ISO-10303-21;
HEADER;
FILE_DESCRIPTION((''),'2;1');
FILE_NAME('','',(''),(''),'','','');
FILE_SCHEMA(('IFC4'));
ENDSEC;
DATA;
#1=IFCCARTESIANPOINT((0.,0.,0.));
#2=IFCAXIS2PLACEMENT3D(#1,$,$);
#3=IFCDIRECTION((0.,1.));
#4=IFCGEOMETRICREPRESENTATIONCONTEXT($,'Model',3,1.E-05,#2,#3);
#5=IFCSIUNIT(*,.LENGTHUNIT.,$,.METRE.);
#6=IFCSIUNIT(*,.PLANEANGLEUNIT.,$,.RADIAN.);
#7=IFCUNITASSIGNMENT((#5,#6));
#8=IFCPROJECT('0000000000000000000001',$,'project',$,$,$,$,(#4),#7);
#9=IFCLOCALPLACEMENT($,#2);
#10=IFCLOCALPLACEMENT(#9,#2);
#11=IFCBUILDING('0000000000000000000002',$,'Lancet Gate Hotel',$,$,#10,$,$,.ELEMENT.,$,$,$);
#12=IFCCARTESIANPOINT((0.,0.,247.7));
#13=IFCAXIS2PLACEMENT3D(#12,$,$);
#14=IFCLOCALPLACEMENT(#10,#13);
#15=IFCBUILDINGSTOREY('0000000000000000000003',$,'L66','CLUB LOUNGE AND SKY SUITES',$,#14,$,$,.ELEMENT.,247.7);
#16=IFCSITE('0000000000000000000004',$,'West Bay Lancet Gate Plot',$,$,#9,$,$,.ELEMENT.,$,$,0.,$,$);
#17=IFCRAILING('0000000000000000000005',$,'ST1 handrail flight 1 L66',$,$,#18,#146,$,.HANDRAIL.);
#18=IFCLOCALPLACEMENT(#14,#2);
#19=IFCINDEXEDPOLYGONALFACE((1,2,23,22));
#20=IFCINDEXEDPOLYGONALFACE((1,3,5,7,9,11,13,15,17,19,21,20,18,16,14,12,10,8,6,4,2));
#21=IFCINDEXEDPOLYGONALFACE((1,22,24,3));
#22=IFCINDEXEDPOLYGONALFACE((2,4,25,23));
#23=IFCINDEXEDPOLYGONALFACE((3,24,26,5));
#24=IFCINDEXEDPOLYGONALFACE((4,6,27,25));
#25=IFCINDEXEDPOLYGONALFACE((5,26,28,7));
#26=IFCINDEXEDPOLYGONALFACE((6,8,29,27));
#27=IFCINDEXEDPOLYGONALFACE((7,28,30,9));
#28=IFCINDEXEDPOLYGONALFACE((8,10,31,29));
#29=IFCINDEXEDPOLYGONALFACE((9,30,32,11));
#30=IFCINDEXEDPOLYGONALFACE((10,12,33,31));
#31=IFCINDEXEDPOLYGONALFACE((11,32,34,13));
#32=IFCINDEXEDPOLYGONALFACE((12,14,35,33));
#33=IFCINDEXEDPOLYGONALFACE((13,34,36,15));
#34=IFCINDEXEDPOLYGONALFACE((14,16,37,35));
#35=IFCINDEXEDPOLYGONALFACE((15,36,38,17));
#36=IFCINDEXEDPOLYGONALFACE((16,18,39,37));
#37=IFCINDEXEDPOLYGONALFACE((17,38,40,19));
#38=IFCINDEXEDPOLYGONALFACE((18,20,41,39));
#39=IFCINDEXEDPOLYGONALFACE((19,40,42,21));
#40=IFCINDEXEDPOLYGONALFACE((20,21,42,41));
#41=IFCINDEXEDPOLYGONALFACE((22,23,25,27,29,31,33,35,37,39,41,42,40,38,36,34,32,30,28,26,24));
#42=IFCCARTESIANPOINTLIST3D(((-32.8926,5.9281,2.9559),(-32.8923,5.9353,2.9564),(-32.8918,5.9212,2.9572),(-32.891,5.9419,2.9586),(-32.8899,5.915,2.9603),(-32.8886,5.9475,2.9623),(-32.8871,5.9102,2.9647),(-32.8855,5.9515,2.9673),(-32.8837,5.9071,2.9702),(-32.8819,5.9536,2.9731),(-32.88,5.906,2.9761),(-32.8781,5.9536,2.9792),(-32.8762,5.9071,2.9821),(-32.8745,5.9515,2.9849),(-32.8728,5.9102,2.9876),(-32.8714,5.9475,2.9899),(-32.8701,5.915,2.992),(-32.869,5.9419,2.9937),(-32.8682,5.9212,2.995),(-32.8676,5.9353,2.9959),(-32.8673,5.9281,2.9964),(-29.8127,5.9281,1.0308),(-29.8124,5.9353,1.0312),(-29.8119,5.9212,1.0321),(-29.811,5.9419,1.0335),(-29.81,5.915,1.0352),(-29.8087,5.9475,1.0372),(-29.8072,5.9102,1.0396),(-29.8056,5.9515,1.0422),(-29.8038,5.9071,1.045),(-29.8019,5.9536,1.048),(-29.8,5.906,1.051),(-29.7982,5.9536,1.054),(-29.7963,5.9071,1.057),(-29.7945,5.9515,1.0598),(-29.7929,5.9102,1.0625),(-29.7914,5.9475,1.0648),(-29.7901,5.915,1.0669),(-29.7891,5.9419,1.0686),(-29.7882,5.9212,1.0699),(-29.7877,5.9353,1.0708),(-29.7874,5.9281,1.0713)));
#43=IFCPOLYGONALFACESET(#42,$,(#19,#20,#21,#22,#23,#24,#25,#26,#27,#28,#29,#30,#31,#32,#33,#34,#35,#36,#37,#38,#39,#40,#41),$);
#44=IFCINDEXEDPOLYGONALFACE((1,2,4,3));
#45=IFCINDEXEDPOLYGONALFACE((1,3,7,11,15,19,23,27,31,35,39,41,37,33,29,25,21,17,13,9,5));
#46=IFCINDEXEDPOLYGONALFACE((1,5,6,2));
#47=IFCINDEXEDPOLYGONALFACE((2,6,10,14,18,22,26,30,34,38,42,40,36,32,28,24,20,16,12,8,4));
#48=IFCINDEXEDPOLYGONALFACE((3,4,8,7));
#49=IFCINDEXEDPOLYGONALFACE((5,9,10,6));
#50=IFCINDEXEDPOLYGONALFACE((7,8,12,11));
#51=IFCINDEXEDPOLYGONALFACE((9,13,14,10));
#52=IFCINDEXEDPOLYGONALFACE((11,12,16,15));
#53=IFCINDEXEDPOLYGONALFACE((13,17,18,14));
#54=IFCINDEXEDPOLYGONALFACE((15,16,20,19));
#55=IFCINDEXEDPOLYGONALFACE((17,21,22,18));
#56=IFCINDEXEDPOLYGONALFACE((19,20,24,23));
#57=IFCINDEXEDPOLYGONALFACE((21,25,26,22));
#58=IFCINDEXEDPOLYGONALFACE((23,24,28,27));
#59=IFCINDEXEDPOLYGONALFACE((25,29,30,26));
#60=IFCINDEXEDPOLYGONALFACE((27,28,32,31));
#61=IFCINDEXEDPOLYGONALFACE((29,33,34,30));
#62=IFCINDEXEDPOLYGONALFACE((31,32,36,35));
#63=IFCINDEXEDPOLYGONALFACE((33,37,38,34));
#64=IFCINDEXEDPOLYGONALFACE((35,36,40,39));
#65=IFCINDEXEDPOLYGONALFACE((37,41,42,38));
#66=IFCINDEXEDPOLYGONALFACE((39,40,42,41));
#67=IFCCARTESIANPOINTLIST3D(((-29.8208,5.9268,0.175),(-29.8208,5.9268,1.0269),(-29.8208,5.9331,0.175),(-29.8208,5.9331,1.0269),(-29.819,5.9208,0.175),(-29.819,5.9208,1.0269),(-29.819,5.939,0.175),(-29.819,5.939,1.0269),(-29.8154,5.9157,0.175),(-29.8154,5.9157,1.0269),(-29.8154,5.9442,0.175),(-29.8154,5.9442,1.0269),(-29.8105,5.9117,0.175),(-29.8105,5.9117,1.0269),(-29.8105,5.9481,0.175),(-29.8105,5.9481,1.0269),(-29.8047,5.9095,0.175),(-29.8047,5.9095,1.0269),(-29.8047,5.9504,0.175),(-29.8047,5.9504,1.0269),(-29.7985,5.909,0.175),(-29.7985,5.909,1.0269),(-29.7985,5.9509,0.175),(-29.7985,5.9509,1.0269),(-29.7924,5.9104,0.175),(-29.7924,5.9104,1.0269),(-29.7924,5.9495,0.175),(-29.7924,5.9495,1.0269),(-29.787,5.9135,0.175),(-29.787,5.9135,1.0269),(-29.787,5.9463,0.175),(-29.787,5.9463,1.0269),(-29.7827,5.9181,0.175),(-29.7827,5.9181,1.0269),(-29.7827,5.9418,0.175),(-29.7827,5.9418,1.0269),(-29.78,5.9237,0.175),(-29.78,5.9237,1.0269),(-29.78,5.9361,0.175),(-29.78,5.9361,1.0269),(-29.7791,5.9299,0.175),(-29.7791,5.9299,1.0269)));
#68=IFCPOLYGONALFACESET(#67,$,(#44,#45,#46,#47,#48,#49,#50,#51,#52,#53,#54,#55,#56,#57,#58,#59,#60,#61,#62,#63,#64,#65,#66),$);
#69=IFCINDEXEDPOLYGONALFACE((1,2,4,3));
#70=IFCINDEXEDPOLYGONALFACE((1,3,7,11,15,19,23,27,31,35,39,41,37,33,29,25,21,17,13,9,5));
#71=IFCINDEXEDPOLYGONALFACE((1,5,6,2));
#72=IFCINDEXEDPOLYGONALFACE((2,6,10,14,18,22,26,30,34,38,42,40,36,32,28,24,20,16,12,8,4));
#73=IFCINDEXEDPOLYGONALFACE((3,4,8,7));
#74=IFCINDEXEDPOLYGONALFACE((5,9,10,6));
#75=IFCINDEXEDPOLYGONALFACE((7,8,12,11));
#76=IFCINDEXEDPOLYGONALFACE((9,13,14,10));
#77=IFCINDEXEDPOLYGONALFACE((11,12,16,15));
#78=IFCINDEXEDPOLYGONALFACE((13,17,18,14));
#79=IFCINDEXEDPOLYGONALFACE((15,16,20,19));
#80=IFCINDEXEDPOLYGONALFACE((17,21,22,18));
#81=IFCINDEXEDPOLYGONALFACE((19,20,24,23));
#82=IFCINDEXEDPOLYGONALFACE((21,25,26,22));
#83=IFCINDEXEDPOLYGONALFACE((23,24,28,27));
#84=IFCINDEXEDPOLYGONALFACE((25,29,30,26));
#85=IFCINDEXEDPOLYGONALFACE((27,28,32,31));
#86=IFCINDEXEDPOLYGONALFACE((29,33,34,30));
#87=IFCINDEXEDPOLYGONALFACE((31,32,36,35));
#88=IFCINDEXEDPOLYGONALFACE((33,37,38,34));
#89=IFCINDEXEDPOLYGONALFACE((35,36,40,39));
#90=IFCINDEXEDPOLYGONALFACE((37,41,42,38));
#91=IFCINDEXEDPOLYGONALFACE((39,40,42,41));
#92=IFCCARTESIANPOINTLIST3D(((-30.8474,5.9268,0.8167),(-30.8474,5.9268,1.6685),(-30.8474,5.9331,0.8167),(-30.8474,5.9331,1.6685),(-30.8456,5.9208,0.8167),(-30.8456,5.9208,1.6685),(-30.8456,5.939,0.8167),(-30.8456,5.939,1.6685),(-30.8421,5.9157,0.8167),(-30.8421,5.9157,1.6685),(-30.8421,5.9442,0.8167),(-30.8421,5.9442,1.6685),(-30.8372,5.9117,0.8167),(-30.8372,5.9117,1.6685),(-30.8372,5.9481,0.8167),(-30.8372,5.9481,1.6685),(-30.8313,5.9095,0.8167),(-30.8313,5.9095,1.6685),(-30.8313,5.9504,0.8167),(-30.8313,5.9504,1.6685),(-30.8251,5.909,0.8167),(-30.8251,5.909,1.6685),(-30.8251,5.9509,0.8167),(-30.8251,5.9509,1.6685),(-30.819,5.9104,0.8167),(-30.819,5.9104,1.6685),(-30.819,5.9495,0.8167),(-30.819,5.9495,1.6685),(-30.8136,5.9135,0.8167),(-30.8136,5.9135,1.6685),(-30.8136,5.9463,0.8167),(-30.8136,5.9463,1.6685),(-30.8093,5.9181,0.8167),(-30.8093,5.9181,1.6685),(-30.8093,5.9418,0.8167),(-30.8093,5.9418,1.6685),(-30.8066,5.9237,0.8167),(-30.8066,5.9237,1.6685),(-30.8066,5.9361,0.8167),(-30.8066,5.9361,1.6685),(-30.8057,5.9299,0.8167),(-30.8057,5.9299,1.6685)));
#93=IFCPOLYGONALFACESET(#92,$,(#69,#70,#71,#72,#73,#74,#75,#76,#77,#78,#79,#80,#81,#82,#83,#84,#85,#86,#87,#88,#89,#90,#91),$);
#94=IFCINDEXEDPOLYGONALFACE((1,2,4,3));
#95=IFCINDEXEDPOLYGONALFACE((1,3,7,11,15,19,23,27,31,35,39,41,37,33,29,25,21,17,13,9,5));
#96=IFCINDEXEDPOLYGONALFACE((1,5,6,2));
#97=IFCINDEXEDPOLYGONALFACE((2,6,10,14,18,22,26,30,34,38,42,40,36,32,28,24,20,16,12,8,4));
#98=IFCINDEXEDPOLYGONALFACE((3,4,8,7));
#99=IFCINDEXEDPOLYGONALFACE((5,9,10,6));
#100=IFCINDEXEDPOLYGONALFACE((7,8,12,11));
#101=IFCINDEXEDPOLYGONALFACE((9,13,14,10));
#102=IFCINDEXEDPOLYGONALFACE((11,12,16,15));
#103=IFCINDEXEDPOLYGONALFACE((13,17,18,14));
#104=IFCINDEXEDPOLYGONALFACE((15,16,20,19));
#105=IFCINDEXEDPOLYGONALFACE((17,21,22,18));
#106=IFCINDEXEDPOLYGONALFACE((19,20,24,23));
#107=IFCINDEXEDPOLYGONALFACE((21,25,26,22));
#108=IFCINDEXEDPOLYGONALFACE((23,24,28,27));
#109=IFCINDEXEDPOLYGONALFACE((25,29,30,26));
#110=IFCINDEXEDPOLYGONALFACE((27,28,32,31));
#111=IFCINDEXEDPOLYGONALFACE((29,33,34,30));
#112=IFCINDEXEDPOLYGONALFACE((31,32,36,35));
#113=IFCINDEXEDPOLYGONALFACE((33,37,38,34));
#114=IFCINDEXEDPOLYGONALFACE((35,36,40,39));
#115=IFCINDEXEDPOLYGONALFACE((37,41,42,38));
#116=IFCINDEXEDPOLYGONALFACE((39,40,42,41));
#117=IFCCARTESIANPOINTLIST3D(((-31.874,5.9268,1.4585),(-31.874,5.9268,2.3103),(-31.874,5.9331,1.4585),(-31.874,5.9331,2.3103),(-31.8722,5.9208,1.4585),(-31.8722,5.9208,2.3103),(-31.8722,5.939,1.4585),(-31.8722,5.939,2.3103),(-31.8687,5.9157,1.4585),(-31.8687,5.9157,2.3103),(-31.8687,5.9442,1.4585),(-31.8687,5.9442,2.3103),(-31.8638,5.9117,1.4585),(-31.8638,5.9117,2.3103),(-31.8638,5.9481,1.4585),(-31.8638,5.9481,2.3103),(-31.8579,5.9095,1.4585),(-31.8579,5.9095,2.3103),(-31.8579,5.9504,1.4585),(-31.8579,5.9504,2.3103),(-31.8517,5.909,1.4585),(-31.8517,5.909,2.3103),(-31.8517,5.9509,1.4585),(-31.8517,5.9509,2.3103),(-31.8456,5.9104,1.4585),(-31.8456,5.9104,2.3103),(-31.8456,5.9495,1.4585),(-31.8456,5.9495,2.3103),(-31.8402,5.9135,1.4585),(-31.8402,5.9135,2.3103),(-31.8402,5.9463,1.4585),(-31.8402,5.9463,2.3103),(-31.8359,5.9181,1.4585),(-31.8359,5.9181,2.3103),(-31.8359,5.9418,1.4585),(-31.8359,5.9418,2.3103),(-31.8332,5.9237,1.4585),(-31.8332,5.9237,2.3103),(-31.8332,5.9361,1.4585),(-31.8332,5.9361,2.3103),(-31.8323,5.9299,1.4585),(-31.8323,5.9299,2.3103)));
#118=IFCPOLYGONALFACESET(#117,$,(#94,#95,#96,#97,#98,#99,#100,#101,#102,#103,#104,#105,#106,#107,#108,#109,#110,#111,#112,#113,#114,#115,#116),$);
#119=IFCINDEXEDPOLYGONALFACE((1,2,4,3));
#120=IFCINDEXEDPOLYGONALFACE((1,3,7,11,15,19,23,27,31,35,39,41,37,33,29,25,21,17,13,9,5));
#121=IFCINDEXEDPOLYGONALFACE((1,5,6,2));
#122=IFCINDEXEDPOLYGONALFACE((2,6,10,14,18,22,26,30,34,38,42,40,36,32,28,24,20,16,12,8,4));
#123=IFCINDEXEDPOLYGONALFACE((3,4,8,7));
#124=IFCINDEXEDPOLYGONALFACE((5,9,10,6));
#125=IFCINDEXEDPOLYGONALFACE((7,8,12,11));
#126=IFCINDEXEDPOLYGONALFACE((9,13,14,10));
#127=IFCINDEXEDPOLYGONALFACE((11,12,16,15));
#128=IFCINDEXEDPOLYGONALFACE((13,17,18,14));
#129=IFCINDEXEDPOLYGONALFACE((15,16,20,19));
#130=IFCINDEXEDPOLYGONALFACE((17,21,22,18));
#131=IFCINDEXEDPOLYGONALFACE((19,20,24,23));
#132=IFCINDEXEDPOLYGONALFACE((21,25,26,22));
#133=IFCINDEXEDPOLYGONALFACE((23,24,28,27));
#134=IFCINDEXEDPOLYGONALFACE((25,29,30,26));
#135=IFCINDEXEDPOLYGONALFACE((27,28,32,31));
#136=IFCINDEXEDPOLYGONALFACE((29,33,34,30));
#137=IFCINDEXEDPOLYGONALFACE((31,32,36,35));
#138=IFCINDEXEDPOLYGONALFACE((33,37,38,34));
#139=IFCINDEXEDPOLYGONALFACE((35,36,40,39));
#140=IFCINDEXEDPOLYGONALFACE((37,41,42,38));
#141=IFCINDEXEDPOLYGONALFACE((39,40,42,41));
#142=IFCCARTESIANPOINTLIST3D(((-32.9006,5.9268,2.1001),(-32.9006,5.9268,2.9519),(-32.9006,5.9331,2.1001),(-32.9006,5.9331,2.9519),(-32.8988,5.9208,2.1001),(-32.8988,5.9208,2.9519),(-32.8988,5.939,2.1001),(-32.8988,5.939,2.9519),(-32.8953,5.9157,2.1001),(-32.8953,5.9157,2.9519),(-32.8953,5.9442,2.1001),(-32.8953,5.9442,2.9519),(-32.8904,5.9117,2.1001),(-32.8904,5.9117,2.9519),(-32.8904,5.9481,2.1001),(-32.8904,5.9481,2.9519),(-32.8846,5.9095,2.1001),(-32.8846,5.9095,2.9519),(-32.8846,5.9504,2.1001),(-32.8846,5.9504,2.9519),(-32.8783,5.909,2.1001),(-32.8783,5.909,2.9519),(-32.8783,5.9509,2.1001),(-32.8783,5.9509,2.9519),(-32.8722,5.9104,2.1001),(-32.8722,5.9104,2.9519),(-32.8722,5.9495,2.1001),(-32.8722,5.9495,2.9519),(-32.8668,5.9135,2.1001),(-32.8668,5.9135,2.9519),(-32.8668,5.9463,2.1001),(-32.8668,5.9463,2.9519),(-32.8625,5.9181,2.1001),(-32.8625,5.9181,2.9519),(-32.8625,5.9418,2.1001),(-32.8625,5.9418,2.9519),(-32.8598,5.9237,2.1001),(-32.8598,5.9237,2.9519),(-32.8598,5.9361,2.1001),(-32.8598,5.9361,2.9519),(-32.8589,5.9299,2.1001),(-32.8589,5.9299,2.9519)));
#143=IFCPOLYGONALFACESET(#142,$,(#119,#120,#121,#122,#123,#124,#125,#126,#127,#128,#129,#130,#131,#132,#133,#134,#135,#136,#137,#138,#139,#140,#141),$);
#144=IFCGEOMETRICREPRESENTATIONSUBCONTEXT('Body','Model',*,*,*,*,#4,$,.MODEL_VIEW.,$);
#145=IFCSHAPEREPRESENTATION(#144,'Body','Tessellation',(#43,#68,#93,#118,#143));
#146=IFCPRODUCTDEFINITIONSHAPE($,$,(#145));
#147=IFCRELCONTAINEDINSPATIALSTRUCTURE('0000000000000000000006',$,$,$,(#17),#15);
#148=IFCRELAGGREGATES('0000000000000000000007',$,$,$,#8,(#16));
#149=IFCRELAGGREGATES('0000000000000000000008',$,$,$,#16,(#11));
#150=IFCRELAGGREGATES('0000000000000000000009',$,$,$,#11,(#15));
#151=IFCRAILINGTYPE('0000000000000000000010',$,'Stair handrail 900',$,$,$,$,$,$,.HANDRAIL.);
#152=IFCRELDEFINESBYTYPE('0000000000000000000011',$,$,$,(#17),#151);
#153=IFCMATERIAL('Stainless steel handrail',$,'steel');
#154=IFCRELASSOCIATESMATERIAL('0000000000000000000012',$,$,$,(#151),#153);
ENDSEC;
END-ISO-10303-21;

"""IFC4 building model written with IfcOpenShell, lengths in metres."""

from ifc_helpers import new_model, si_unit, direction, frame, origin, origin_2d, place, context, subcontext, project, spatial, circle, extrude, material, type_object, element, save


model = new_model("IFC4")

# Units and contexts
model_context = context("Model", 3, precision=1e-05, world=origin(), true_north=direction((0.0, 1.0)))
body_context = subcontext(model_context, "Body", "Model", "MODEL_VIEW")
ifc_project = project(units=[si_unit("LENGTHUNIT", "METRE"), si_unit("PLANEANGLEUNIT", "RADIAN")], contexts=[model_context])

# Site, building, storey
site_placement = place(None, origin())
site = spatial("IfcSite", under=ifc_project, at=site_placement, Name="West Bay Lancet Gate Plot", CompositionType="ELEMENT", RefElevation=0.0)
building_placement = place(site_placement, origin())
building = spatial("IfcBuilding", under=site, at=building_placement, Name="Lancet Gate Hotel", CompositionType="ELEMENT")
storey_placement = place(building_placement, frame((0.0, 0.0, 247.7)))
storey = spatial("IfcBuildingStorey", under=building, at=storey_placement, Name="L66", Description="CLUB LOUNGE AND SKY SUITES", CompositionType="ELEMENT", Elevation=247.7)

# Railing
ifc_material_1 = material(Name="Stainless steel handrail", Category="steel")
railing_type = type_object("IfcRailingType", Name="Stair handrail 900", PredefinedType="HANDRAIL", material=ifc_material_1)
railing_1_placement = place(storey_placement, frame((-29.8, 5.9299, 0.175)))
element("IfcRailing", 1, at=railing_1_placement, inside=storey, type_object=railing_type, Name="ST1 handrail flight 1 L66", PredefinedType="HANDRAIL", context=body_context, shape_type="SweptSolid", body=[
    extrude(circle(Radius=0.0239, at=origin_2d()), frame((0.0, 0.0, 0.876), z_axis=(-0.847979, 0.0, 0.530029), x_axis=(0.0, -1.0, 0.0)), (0.0, 0.0, 1.0), 3.6321),
    extrude(circle(Radius=0.021, at=origin_2d()), origin(), (0.0, 0.0, 1.0), 0.8518),
    extrude(circle(Radius=0.021, at=origin_2d()), frame((-1.0266, 0.0, 0.6416)), (0.0, 0.0, 1.0), 0.8518),
    extrude(circle(Radius=0.021, at=origin_2d()), frame((-2.0532, 0.0, 1.2834)), (0.0, 0.0, 1.0), 0.8518),
    extrude(circle(Radius=0.021, at=origin_2d()), frame((-3.0798, 0.0, 1.925)), (0.0, 0.0, 1.0), 0.8518),
])

save(model, "model.ifc")
